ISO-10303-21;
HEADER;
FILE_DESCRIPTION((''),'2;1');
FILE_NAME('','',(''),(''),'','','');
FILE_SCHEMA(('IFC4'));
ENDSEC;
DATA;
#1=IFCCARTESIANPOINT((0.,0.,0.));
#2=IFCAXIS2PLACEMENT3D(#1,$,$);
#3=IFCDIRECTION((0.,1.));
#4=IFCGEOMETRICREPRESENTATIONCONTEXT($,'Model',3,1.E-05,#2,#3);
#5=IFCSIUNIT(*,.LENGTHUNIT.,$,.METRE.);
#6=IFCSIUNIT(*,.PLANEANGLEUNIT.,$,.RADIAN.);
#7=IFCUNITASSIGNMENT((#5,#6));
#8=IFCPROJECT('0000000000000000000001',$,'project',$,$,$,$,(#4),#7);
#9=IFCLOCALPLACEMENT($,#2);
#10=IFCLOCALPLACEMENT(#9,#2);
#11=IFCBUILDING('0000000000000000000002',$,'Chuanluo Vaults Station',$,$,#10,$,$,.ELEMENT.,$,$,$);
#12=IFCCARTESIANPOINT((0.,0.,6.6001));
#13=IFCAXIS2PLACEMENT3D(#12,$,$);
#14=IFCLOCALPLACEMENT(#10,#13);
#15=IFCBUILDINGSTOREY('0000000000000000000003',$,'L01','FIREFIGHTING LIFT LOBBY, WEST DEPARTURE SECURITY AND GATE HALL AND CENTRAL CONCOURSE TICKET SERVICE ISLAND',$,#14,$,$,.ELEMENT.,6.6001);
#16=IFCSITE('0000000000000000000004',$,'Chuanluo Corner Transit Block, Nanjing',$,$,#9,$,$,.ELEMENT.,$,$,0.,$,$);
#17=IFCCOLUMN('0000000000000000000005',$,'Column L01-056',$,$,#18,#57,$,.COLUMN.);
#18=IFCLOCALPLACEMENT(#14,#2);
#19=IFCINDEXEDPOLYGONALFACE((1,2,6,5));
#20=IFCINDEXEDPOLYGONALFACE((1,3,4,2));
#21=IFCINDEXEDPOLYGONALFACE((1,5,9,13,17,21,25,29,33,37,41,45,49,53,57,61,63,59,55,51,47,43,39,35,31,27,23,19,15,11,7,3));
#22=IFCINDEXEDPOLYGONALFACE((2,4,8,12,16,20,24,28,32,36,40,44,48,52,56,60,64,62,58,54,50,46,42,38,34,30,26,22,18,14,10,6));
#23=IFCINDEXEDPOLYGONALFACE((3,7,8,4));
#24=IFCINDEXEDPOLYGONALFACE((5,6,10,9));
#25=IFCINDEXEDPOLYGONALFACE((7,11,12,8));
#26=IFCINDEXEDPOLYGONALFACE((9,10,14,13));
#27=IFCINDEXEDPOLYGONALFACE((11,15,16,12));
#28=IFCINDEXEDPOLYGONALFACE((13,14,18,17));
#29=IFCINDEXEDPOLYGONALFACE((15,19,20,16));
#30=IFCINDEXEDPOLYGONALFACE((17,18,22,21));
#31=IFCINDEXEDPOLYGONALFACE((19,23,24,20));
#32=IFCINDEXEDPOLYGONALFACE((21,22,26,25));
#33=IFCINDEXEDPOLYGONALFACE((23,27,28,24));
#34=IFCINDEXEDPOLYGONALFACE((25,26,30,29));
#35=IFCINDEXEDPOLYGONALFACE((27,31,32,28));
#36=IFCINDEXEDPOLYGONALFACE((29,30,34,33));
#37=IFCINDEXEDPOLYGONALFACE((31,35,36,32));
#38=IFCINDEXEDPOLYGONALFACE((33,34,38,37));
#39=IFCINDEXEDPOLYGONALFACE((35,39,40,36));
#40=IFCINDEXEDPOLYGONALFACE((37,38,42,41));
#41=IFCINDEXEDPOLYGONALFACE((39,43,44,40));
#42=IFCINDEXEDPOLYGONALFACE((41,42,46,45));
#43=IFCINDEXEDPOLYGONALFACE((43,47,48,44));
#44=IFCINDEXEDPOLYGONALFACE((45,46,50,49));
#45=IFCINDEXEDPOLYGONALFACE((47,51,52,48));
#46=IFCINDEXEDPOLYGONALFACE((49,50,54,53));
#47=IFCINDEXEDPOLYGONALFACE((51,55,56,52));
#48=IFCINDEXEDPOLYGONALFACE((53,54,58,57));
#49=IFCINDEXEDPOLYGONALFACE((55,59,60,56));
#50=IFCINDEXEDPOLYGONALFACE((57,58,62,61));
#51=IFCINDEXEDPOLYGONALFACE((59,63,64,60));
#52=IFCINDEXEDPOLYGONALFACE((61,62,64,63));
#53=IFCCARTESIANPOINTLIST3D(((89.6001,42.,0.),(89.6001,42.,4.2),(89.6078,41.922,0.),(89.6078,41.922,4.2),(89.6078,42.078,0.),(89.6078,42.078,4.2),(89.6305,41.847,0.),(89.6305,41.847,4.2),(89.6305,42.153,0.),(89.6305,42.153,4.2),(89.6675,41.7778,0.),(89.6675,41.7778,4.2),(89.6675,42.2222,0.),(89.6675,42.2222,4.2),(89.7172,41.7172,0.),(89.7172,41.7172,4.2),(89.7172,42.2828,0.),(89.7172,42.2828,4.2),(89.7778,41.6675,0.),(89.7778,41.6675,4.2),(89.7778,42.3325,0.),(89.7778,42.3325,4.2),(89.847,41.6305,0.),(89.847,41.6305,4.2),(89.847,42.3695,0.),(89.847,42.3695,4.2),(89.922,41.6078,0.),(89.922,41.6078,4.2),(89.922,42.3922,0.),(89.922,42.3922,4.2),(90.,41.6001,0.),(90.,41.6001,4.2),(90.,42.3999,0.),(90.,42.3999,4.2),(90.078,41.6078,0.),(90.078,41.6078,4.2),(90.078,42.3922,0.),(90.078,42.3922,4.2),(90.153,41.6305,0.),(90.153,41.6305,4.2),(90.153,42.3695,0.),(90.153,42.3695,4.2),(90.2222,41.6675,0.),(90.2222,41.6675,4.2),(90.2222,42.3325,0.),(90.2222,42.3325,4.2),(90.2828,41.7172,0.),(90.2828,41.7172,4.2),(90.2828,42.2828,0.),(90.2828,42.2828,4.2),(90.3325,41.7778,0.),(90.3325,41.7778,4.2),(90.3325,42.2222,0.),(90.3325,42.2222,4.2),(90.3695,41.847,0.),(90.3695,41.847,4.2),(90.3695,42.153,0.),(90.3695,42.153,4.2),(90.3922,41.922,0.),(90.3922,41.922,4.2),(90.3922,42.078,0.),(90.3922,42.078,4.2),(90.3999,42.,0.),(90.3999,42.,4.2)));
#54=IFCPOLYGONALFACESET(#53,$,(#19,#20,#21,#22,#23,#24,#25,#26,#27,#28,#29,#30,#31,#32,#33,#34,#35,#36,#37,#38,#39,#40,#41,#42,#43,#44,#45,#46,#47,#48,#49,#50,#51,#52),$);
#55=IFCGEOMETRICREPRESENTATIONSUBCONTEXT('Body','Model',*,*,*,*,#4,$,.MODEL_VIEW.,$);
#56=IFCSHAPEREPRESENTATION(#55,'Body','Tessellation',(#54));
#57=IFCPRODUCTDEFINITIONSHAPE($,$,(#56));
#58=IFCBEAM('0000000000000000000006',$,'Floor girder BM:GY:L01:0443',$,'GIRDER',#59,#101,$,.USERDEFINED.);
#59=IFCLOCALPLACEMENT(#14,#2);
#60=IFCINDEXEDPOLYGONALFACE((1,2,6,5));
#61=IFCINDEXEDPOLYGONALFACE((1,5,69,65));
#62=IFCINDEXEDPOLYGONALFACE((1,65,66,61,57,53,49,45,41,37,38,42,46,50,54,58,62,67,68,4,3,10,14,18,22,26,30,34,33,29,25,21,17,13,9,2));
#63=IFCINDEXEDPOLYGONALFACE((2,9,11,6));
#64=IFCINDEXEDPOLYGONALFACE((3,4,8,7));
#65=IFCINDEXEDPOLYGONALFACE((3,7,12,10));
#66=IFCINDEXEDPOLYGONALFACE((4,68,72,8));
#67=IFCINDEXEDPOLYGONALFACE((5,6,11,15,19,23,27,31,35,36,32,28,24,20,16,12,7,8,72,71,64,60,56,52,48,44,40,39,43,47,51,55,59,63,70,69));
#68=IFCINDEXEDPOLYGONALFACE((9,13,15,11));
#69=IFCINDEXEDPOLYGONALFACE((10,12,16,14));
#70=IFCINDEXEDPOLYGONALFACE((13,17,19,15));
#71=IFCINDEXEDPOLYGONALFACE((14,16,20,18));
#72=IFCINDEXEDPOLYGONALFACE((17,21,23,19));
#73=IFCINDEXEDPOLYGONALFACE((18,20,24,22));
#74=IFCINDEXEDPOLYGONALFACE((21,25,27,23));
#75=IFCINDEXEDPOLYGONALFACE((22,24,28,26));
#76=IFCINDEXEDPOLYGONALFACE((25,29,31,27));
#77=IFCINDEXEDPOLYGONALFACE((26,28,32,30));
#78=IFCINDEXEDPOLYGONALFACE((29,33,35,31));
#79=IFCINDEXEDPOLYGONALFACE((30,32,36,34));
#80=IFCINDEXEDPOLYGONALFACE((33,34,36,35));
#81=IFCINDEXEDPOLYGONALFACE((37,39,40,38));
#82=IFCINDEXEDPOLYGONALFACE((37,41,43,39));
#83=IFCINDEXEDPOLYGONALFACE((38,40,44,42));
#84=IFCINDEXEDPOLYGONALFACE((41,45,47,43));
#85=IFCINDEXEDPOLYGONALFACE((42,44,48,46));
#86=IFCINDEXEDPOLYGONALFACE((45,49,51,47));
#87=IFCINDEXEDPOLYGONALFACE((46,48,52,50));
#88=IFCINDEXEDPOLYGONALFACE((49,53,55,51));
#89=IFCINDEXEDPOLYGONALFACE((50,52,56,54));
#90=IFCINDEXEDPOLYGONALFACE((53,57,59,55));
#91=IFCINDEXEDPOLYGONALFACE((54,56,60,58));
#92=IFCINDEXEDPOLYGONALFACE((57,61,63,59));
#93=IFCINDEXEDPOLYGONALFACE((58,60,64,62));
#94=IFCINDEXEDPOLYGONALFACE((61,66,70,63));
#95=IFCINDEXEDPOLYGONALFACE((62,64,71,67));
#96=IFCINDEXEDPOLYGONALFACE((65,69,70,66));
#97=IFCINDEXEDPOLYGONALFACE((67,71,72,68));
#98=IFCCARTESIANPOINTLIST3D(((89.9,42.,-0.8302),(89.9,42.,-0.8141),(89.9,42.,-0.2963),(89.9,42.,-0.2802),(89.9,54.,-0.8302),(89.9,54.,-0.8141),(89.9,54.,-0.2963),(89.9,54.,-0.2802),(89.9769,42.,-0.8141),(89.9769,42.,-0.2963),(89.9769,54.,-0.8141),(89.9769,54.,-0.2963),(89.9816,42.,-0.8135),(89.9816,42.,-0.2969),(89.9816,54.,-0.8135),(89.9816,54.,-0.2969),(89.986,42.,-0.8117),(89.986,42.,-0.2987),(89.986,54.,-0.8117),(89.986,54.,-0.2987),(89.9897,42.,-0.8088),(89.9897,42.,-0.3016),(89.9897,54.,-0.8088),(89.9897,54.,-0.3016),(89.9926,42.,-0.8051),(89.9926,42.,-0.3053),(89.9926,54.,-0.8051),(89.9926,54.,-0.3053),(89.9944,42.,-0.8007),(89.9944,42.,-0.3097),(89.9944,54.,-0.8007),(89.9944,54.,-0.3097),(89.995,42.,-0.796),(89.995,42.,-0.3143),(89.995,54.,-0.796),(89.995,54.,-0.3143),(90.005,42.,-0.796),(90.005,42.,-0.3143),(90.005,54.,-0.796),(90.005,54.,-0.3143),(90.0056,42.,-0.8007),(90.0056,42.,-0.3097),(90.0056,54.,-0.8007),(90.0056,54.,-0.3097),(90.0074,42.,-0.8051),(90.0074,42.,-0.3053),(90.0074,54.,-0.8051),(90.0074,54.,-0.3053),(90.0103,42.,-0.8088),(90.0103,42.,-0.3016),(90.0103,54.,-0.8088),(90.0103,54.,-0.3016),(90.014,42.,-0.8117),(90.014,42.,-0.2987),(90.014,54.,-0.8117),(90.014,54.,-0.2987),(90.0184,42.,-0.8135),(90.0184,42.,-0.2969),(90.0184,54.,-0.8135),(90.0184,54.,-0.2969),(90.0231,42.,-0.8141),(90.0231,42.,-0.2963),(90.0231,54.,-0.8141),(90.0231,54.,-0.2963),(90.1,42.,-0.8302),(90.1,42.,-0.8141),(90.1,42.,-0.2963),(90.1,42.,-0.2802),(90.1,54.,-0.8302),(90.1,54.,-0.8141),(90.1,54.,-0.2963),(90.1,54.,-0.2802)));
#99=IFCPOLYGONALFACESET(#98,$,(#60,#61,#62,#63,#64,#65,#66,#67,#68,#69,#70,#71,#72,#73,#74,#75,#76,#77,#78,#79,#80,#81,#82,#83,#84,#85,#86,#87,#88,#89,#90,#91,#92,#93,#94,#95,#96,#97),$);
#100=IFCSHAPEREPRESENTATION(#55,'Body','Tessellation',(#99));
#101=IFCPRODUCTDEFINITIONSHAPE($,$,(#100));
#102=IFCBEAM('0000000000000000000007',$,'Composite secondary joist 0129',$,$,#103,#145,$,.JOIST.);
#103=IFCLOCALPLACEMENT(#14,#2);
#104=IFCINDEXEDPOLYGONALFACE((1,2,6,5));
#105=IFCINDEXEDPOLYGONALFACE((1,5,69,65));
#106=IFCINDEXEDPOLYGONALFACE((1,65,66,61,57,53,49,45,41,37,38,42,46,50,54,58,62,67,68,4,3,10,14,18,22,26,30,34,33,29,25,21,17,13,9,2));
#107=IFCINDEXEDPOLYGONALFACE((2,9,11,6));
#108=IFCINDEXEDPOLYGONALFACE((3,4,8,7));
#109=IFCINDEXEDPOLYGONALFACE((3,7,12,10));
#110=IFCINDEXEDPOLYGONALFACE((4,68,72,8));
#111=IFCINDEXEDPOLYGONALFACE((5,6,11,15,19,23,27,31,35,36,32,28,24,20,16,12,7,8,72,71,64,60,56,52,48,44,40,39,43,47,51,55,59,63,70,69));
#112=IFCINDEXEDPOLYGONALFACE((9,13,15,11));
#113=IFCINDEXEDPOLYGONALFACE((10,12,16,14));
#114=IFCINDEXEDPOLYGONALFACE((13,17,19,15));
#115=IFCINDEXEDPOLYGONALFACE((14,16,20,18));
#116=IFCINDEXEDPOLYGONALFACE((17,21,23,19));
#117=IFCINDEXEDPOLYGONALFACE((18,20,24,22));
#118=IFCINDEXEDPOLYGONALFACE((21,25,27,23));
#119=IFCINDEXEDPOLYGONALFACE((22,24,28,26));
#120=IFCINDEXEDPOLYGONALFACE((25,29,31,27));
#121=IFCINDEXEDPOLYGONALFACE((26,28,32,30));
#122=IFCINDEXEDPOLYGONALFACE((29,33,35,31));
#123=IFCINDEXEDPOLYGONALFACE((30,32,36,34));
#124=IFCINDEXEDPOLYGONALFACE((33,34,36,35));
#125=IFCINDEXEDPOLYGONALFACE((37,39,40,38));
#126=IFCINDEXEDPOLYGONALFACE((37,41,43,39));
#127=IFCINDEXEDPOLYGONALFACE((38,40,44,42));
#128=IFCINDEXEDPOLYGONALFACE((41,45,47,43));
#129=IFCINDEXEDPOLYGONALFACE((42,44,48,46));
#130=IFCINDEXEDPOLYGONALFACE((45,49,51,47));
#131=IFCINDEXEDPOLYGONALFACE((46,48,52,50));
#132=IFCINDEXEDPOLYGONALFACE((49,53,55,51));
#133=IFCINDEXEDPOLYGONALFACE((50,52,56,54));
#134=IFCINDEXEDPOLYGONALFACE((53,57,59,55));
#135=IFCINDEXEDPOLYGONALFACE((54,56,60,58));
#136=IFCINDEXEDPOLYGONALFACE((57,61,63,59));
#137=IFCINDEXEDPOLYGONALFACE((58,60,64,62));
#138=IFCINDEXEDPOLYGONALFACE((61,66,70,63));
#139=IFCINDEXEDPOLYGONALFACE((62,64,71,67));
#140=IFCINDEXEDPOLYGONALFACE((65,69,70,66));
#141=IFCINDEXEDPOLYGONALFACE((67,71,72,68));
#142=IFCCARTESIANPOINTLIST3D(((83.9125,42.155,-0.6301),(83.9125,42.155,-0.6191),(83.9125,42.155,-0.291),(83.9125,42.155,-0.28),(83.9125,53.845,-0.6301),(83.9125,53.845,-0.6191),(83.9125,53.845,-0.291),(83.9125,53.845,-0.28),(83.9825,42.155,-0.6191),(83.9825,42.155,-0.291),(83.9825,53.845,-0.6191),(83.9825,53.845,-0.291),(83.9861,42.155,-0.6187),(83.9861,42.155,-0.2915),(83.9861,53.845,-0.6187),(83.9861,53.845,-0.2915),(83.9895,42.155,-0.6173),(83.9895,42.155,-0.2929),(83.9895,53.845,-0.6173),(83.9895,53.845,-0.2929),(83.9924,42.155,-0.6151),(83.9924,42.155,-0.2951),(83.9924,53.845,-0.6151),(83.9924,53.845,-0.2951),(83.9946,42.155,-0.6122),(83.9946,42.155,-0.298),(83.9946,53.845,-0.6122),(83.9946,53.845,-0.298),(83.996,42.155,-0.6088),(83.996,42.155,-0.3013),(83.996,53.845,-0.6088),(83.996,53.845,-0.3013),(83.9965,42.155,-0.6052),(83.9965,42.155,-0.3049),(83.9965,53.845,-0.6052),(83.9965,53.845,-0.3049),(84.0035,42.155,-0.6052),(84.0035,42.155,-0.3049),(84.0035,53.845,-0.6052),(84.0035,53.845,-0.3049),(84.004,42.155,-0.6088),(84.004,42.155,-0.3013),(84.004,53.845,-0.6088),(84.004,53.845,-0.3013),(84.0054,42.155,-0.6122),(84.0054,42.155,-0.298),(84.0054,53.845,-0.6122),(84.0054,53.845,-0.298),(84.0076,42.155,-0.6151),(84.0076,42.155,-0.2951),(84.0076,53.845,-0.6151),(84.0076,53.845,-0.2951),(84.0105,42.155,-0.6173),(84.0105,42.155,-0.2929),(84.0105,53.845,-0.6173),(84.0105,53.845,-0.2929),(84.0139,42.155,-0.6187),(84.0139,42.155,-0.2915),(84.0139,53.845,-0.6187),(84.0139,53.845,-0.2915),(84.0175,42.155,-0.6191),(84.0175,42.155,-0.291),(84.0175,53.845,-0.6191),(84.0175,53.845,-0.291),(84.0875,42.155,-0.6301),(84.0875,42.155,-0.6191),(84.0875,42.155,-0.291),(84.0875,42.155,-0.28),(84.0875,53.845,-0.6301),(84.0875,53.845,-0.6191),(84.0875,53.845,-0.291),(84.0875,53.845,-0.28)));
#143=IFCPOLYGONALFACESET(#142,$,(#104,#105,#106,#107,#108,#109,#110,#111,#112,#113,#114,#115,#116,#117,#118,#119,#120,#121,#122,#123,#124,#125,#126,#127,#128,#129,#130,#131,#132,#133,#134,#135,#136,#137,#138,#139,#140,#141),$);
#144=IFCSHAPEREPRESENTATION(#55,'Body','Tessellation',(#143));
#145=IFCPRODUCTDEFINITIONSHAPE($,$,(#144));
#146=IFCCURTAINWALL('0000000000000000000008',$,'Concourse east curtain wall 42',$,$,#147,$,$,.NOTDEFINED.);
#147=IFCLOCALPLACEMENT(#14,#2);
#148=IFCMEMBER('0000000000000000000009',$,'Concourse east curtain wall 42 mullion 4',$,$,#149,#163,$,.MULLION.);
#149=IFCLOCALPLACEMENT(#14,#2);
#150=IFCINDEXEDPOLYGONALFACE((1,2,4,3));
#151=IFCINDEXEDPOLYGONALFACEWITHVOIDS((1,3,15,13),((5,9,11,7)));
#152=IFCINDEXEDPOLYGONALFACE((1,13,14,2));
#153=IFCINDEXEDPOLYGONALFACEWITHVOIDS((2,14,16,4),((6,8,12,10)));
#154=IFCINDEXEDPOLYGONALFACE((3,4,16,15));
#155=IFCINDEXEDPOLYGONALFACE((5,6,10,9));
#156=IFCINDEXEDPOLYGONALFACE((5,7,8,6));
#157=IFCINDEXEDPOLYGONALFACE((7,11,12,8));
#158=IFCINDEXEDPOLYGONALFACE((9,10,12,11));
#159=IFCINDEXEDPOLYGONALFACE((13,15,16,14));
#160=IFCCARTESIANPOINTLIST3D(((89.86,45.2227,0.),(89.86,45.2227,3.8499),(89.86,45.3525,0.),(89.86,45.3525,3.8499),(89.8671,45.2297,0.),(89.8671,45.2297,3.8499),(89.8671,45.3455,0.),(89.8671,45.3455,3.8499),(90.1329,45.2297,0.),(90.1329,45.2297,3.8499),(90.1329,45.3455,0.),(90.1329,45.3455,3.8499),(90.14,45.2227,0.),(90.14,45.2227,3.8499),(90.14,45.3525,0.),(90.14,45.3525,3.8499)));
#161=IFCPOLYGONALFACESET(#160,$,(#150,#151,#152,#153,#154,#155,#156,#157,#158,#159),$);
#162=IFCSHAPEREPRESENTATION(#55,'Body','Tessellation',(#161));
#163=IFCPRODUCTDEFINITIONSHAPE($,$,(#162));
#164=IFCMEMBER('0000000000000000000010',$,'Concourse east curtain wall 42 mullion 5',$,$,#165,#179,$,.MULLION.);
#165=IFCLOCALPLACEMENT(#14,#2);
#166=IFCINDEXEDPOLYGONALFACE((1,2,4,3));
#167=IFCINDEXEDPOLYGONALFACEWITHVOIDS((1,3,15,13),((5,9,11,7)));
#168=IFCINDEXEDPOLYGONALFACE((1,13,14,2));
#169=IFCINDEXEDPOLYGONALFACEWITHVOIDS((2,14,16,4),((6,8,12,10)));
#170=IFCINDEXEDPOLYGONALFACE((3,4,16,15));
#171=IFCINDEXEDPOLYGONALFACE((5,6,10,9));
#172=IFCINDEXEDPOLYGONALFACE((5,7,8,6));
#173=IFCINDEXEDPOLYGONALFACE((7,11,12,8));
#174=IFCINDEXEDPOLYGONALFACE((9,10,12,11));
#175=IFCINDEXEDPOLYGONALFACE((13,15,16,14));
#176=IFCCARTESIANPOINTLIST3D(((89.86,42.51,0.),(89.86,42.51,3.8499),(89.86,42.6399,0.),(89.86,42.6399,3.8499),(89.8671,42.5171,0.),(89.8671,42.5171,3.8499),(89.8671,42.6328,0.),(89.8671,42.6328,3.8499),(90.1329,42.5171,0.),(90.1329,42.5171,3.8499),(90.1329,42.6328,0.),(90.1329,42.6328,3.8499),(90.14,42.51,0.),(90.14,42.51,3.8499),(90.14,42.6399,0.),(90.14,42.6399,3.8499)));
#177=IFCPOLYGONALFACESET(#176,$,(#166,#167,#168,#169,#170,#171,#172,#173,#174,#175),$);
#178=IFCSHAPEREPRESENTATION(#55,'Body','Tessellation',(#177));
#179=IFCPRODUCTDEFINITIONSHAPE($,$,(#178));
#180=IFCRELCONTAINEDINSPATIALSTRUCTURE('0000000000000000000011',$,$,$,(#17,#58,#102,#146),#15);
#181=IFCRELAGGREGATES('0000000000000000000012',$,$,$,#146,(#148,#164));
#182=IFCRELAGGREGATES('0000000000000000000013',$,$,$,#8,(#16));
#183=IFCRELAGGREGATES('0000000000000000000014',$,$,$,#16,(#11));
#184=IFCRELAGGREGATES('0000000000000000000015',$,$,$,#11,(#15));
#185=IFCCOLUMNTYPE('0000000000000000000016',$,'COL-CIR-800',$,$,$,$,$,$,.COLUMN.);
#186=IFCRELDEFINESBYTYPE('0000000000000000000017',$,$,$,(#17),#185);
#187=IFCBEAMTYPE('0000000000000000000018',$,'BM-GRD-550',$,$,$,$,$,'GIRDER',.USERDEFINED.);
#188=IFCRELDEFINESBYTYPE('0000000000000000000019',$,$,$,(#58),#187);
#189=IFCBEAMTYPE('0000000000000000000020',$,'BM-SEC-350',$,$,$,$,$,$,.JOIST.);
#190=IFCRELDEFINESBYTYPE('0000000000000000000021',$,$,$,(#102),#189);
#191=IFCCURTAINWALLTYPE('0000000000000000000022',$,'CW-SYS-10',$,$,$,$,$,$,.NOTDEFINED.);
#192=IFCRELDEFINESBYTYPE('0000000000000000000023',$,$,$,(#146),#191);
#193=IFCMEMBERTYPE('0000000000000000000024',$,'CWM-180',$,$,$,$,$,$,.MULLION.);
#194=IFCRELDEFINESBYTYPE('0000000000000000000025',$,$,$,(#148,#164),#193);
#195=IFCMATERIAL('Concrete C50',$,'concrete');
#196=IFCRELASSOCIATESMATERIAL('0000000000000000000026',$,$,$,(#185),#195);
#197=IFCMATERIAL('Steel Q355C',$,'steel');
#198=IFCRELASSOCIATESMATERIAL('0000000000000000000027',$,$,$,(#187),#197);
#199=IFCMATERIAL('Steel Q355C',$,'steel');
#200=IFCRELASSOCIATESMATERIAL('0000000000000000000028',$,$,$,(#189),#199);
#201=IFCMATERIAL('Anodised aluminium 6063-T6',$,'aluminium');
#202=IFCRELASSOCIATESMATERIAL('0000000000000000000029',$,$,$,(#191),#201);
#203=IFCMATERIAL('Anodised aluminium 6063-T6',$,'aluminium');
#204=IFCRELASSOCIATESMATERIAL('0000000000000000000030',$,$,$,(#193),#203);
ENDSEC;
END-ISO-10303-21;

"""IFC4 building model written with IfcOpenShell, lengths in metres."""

from ifc_helpers import new_model, si_unit, direction, frame, origin, origin_2d, place, context, subcontext, project, spatial, hollow_rectangle, circle, i_section, extrude, material, material_profile, profile_set, type_object, element, aggregate, save


model = new_model("IFC4")

# Units and contexts
model_context = context("Model", 3, precision=1e-05, world=origin(), true_north=direction((0.0, 1.0)))
body_context = subcontext(model_context, "Body", "Model", "MODEL_VIEW")
ifc_project = project(units=[si_unit("LENGTHUNIT", "METRE"), si_unit("PLANEANGLEUNIT", "RADIAN")], contexts=[model_context])

# Site, building, storey
site_placement = place(None, origin())
site = spatial("IfcSite", under=ifc_project, at=site_placement, Name="Chuanluo Corner Transit Block, Nanjing", CompositionType="ELEMENT", RefElevation=0.0)
building_placement = place(site_placement, origin())
building = spatial("IfcBuilding", under=site, at=building_placement, Name="Chuanluo Vaults Station", CompositionType="ELEMENT")
storey_placement = place(building_placement, frame((0.0, 0.0, 6.6001)))
storey = spatial("IfcBuildingStorey", under=building, at=storey_placement, Name="L01", Description="FIREFIGHTING LIFT LOBBY, WEST DEPARTURE SECURITY AND GATE HALL AND CENTRAL CONCOURSE TICKET SERVICE ISLAND", CompositionType="ELEMENT", Elevation=6.6001)

# Column
ifc_material_1 = material(Name="Concrete C50", Category="concrete")
ifc_material_profile_1 = material_profile(ifc_material_1, circle(Radius=0.3999, at=origin_2d()))
ifc_profile_set_1 = profile_set([ifc_material_profile_1], Name="Concrete C50")
column_type = type_object("IfcColumnType", Name="COL-CIR-800", PredefinedType="COLUMN", material=ifc_profile_set_1)
column_placement = place(storey_placement, frame((90.0, 42.0, 0.0), z_axis=(0.0, 0.0, 1.0), x_axis=(1.0, 0.0, 0.0)))
element("IfcColumn", 1, at=column_placement, inside=storey, type_object=column_type, Name="Column L01-056", PredefinedType="COLUMN", context=body_context, shape_type="SweptSolid", body=[
    extrude(circle(Radius=0.3999, at=origin_2d()), origin(), (0.0, 0.0, 1.0), 4.2),
])

# Beams
ifc_material_2 = material(Name="Steel Q355C", Category="steel")
ifc_material_profile_2 = material_profile(ifc_material_2, i_section(OverallWidth=0.2, OverallDepth=0.55, WebThickness=0.01, FlangeThickness=0.0161, FilletRadius=0.0181, at=origin_2d()))
ifc_profile_set_2 = profile_set([ifc_material_profile_2], Name="Steel Q355C")
beam_type_1 = type_object("IfcBeamType", Name="BM-GRD-550", ElementType="GIRDER", PredefinedType="USERDEFINED", material=ifc_profile_set_2)
beam_1_placement = place(storey_placement, frame((90.0, 42.0, -0.5552), z_axis=(0.0, 1.0, 0.0), x_axis=(-1.0, 0.0, 0.0)))
element("IfcBeam", 2, at=beam_1_placement, inside=storey, type_object=beam_type_1, Name="Floor girder BM:GY:L01:0443", ObjectType="GIRDER", PredefinedType="USERDEFINED", context=body_context, shape_type="SweptSolid", body=[
    extrude(i_section(OverallWidth=0.2, OverallDepth=0.55, WebThickness=0.01, FlangeThickness=0.0161, FilletRadius=0.0181, at=origin_2d()), origin(), (0.0, 0.0, 1.0), 12.0),
])
ifc_material_3 = material(Name="Steel Q355C", Category="steel")
ifc_material_profile_3 = material_profile(ifc_material_3, i_section(OverallWidth=0.175, OverallDepth=0.3501, WebThickness=0.0071, FlangeThickness=0.011, FilletRadius=0.0139, at=origin_2d()))
ifc_profile_set_3 = profile_set([ifc_material_profile_3], Name="Steel Q355C")
beam_type_2 = type_object("IfcBeamType", Name="BM-SEC-350", PredefinedType="JOIST", material=ifc_profile_set_3)
beam_2_placement = place(storey_placement, frame((84.0, 42.155, -0.4551), z_axis=(0.0, 1.0, 0.0), x_axis=(-1.0, 0.0, 0.0)))
element("IfcBeam", 3, at=beam_2_placement, inside=storey, type_object=beam_type_2, Name="Composite secondary joist 0129", PredefinedType="JOIST", context=body_context, shape_type="SweptSolid", body=[
    extrude(i_section(OverallWidth=0.175, OverallDepth=0.3501, WebThickness=0.0071, FlangeThickness=0.011, FilletRadius=0.0139, at=origin_2d()), origin(), (0.0, 0.0, 1.0), 11.6899),
])

# Curtain wall, members
ifc_material_4 = material(Name="Anodised aluminium 6063-T6", Category="aluminium")
curtain_wall_type_1 = type_object("IfcCurtainWallType", Name="CW-SYS-10", PredefinedType="NOTDEFINED", material=ifc_material_4)
curtain_wall_1_placement = place(storey_placement, origin())
curtain_wall_1 = element("IfcCurtainWall", 4, at=curtain_wall_1_placement, inside=storey, type_object=curtain_wall_type_1, Name="Concourse east curtain wall 42", PredefinedType="NOTDEFINED")
ifc_material_5 = material(Name="Anodised aluminium 6063-T6", Category="aluminium")
ifc_material_profile_4 = material_profile(ifc_material_5, hollow_rectangle(XDim=0.1299, YDim=0.28, WallThickness=0.0071, at=origin_2d()))
ifc_profile_set_4 = profile_set([ifc_material_profile_4], Name="Anodised aluminium 6063-T6")
member_type_1 = type_object("IfcMemberType", Name="CWM-180", PredefinedType="MULLION", material=ifc_profile_set_4)
member_1_placement = place(storey_placement, frame((90.0, 45.2876, 0.0), z_axis=(0.0, 0.0, 1.0), x_axis=(0.0, -1.0, 0.0)))
member_1 = element("IfcMember", 5, at=member_1_placement, type_object=member_type_1, Name="Concourse east curtain wall 42 mullion 4", PredefinedType="MULLION", context=body_context, shape_type="SweptSolid", body=[
    extrude(hollow_rectangle(XDim=0.1299, YDim=0.28, WallThickness=0.0071, at=origin_2d()), origin(), (0.0, 0.0, 1.0), 3.8499),
])
member_2_placement = place(storey_placement, frame((90.0, 42.575, 0.0), z_axis=(0.0, 0.0, 1.0), x_axis=(0.0, -1.0, 0.0)))
member_2 = element("IfcMember", 6, at=member_2_placement, type_object=member_type_1, Name="Concourse east curtain wall 42 mullion 5", PredefinedType="MULLION", context=body_context, shape_type="SweptSolid", body=[
    extrude(hollow_rectangle(XDim=0.1299, YDim=0.28, WallThickness=0.0071, at=origin_2d()), origin(), (0.0, 0.0, 1.0), 3.8499),
])

aggregate(curtain_wall_1, [member_1, member_2])

save(model, "model.ifc")
